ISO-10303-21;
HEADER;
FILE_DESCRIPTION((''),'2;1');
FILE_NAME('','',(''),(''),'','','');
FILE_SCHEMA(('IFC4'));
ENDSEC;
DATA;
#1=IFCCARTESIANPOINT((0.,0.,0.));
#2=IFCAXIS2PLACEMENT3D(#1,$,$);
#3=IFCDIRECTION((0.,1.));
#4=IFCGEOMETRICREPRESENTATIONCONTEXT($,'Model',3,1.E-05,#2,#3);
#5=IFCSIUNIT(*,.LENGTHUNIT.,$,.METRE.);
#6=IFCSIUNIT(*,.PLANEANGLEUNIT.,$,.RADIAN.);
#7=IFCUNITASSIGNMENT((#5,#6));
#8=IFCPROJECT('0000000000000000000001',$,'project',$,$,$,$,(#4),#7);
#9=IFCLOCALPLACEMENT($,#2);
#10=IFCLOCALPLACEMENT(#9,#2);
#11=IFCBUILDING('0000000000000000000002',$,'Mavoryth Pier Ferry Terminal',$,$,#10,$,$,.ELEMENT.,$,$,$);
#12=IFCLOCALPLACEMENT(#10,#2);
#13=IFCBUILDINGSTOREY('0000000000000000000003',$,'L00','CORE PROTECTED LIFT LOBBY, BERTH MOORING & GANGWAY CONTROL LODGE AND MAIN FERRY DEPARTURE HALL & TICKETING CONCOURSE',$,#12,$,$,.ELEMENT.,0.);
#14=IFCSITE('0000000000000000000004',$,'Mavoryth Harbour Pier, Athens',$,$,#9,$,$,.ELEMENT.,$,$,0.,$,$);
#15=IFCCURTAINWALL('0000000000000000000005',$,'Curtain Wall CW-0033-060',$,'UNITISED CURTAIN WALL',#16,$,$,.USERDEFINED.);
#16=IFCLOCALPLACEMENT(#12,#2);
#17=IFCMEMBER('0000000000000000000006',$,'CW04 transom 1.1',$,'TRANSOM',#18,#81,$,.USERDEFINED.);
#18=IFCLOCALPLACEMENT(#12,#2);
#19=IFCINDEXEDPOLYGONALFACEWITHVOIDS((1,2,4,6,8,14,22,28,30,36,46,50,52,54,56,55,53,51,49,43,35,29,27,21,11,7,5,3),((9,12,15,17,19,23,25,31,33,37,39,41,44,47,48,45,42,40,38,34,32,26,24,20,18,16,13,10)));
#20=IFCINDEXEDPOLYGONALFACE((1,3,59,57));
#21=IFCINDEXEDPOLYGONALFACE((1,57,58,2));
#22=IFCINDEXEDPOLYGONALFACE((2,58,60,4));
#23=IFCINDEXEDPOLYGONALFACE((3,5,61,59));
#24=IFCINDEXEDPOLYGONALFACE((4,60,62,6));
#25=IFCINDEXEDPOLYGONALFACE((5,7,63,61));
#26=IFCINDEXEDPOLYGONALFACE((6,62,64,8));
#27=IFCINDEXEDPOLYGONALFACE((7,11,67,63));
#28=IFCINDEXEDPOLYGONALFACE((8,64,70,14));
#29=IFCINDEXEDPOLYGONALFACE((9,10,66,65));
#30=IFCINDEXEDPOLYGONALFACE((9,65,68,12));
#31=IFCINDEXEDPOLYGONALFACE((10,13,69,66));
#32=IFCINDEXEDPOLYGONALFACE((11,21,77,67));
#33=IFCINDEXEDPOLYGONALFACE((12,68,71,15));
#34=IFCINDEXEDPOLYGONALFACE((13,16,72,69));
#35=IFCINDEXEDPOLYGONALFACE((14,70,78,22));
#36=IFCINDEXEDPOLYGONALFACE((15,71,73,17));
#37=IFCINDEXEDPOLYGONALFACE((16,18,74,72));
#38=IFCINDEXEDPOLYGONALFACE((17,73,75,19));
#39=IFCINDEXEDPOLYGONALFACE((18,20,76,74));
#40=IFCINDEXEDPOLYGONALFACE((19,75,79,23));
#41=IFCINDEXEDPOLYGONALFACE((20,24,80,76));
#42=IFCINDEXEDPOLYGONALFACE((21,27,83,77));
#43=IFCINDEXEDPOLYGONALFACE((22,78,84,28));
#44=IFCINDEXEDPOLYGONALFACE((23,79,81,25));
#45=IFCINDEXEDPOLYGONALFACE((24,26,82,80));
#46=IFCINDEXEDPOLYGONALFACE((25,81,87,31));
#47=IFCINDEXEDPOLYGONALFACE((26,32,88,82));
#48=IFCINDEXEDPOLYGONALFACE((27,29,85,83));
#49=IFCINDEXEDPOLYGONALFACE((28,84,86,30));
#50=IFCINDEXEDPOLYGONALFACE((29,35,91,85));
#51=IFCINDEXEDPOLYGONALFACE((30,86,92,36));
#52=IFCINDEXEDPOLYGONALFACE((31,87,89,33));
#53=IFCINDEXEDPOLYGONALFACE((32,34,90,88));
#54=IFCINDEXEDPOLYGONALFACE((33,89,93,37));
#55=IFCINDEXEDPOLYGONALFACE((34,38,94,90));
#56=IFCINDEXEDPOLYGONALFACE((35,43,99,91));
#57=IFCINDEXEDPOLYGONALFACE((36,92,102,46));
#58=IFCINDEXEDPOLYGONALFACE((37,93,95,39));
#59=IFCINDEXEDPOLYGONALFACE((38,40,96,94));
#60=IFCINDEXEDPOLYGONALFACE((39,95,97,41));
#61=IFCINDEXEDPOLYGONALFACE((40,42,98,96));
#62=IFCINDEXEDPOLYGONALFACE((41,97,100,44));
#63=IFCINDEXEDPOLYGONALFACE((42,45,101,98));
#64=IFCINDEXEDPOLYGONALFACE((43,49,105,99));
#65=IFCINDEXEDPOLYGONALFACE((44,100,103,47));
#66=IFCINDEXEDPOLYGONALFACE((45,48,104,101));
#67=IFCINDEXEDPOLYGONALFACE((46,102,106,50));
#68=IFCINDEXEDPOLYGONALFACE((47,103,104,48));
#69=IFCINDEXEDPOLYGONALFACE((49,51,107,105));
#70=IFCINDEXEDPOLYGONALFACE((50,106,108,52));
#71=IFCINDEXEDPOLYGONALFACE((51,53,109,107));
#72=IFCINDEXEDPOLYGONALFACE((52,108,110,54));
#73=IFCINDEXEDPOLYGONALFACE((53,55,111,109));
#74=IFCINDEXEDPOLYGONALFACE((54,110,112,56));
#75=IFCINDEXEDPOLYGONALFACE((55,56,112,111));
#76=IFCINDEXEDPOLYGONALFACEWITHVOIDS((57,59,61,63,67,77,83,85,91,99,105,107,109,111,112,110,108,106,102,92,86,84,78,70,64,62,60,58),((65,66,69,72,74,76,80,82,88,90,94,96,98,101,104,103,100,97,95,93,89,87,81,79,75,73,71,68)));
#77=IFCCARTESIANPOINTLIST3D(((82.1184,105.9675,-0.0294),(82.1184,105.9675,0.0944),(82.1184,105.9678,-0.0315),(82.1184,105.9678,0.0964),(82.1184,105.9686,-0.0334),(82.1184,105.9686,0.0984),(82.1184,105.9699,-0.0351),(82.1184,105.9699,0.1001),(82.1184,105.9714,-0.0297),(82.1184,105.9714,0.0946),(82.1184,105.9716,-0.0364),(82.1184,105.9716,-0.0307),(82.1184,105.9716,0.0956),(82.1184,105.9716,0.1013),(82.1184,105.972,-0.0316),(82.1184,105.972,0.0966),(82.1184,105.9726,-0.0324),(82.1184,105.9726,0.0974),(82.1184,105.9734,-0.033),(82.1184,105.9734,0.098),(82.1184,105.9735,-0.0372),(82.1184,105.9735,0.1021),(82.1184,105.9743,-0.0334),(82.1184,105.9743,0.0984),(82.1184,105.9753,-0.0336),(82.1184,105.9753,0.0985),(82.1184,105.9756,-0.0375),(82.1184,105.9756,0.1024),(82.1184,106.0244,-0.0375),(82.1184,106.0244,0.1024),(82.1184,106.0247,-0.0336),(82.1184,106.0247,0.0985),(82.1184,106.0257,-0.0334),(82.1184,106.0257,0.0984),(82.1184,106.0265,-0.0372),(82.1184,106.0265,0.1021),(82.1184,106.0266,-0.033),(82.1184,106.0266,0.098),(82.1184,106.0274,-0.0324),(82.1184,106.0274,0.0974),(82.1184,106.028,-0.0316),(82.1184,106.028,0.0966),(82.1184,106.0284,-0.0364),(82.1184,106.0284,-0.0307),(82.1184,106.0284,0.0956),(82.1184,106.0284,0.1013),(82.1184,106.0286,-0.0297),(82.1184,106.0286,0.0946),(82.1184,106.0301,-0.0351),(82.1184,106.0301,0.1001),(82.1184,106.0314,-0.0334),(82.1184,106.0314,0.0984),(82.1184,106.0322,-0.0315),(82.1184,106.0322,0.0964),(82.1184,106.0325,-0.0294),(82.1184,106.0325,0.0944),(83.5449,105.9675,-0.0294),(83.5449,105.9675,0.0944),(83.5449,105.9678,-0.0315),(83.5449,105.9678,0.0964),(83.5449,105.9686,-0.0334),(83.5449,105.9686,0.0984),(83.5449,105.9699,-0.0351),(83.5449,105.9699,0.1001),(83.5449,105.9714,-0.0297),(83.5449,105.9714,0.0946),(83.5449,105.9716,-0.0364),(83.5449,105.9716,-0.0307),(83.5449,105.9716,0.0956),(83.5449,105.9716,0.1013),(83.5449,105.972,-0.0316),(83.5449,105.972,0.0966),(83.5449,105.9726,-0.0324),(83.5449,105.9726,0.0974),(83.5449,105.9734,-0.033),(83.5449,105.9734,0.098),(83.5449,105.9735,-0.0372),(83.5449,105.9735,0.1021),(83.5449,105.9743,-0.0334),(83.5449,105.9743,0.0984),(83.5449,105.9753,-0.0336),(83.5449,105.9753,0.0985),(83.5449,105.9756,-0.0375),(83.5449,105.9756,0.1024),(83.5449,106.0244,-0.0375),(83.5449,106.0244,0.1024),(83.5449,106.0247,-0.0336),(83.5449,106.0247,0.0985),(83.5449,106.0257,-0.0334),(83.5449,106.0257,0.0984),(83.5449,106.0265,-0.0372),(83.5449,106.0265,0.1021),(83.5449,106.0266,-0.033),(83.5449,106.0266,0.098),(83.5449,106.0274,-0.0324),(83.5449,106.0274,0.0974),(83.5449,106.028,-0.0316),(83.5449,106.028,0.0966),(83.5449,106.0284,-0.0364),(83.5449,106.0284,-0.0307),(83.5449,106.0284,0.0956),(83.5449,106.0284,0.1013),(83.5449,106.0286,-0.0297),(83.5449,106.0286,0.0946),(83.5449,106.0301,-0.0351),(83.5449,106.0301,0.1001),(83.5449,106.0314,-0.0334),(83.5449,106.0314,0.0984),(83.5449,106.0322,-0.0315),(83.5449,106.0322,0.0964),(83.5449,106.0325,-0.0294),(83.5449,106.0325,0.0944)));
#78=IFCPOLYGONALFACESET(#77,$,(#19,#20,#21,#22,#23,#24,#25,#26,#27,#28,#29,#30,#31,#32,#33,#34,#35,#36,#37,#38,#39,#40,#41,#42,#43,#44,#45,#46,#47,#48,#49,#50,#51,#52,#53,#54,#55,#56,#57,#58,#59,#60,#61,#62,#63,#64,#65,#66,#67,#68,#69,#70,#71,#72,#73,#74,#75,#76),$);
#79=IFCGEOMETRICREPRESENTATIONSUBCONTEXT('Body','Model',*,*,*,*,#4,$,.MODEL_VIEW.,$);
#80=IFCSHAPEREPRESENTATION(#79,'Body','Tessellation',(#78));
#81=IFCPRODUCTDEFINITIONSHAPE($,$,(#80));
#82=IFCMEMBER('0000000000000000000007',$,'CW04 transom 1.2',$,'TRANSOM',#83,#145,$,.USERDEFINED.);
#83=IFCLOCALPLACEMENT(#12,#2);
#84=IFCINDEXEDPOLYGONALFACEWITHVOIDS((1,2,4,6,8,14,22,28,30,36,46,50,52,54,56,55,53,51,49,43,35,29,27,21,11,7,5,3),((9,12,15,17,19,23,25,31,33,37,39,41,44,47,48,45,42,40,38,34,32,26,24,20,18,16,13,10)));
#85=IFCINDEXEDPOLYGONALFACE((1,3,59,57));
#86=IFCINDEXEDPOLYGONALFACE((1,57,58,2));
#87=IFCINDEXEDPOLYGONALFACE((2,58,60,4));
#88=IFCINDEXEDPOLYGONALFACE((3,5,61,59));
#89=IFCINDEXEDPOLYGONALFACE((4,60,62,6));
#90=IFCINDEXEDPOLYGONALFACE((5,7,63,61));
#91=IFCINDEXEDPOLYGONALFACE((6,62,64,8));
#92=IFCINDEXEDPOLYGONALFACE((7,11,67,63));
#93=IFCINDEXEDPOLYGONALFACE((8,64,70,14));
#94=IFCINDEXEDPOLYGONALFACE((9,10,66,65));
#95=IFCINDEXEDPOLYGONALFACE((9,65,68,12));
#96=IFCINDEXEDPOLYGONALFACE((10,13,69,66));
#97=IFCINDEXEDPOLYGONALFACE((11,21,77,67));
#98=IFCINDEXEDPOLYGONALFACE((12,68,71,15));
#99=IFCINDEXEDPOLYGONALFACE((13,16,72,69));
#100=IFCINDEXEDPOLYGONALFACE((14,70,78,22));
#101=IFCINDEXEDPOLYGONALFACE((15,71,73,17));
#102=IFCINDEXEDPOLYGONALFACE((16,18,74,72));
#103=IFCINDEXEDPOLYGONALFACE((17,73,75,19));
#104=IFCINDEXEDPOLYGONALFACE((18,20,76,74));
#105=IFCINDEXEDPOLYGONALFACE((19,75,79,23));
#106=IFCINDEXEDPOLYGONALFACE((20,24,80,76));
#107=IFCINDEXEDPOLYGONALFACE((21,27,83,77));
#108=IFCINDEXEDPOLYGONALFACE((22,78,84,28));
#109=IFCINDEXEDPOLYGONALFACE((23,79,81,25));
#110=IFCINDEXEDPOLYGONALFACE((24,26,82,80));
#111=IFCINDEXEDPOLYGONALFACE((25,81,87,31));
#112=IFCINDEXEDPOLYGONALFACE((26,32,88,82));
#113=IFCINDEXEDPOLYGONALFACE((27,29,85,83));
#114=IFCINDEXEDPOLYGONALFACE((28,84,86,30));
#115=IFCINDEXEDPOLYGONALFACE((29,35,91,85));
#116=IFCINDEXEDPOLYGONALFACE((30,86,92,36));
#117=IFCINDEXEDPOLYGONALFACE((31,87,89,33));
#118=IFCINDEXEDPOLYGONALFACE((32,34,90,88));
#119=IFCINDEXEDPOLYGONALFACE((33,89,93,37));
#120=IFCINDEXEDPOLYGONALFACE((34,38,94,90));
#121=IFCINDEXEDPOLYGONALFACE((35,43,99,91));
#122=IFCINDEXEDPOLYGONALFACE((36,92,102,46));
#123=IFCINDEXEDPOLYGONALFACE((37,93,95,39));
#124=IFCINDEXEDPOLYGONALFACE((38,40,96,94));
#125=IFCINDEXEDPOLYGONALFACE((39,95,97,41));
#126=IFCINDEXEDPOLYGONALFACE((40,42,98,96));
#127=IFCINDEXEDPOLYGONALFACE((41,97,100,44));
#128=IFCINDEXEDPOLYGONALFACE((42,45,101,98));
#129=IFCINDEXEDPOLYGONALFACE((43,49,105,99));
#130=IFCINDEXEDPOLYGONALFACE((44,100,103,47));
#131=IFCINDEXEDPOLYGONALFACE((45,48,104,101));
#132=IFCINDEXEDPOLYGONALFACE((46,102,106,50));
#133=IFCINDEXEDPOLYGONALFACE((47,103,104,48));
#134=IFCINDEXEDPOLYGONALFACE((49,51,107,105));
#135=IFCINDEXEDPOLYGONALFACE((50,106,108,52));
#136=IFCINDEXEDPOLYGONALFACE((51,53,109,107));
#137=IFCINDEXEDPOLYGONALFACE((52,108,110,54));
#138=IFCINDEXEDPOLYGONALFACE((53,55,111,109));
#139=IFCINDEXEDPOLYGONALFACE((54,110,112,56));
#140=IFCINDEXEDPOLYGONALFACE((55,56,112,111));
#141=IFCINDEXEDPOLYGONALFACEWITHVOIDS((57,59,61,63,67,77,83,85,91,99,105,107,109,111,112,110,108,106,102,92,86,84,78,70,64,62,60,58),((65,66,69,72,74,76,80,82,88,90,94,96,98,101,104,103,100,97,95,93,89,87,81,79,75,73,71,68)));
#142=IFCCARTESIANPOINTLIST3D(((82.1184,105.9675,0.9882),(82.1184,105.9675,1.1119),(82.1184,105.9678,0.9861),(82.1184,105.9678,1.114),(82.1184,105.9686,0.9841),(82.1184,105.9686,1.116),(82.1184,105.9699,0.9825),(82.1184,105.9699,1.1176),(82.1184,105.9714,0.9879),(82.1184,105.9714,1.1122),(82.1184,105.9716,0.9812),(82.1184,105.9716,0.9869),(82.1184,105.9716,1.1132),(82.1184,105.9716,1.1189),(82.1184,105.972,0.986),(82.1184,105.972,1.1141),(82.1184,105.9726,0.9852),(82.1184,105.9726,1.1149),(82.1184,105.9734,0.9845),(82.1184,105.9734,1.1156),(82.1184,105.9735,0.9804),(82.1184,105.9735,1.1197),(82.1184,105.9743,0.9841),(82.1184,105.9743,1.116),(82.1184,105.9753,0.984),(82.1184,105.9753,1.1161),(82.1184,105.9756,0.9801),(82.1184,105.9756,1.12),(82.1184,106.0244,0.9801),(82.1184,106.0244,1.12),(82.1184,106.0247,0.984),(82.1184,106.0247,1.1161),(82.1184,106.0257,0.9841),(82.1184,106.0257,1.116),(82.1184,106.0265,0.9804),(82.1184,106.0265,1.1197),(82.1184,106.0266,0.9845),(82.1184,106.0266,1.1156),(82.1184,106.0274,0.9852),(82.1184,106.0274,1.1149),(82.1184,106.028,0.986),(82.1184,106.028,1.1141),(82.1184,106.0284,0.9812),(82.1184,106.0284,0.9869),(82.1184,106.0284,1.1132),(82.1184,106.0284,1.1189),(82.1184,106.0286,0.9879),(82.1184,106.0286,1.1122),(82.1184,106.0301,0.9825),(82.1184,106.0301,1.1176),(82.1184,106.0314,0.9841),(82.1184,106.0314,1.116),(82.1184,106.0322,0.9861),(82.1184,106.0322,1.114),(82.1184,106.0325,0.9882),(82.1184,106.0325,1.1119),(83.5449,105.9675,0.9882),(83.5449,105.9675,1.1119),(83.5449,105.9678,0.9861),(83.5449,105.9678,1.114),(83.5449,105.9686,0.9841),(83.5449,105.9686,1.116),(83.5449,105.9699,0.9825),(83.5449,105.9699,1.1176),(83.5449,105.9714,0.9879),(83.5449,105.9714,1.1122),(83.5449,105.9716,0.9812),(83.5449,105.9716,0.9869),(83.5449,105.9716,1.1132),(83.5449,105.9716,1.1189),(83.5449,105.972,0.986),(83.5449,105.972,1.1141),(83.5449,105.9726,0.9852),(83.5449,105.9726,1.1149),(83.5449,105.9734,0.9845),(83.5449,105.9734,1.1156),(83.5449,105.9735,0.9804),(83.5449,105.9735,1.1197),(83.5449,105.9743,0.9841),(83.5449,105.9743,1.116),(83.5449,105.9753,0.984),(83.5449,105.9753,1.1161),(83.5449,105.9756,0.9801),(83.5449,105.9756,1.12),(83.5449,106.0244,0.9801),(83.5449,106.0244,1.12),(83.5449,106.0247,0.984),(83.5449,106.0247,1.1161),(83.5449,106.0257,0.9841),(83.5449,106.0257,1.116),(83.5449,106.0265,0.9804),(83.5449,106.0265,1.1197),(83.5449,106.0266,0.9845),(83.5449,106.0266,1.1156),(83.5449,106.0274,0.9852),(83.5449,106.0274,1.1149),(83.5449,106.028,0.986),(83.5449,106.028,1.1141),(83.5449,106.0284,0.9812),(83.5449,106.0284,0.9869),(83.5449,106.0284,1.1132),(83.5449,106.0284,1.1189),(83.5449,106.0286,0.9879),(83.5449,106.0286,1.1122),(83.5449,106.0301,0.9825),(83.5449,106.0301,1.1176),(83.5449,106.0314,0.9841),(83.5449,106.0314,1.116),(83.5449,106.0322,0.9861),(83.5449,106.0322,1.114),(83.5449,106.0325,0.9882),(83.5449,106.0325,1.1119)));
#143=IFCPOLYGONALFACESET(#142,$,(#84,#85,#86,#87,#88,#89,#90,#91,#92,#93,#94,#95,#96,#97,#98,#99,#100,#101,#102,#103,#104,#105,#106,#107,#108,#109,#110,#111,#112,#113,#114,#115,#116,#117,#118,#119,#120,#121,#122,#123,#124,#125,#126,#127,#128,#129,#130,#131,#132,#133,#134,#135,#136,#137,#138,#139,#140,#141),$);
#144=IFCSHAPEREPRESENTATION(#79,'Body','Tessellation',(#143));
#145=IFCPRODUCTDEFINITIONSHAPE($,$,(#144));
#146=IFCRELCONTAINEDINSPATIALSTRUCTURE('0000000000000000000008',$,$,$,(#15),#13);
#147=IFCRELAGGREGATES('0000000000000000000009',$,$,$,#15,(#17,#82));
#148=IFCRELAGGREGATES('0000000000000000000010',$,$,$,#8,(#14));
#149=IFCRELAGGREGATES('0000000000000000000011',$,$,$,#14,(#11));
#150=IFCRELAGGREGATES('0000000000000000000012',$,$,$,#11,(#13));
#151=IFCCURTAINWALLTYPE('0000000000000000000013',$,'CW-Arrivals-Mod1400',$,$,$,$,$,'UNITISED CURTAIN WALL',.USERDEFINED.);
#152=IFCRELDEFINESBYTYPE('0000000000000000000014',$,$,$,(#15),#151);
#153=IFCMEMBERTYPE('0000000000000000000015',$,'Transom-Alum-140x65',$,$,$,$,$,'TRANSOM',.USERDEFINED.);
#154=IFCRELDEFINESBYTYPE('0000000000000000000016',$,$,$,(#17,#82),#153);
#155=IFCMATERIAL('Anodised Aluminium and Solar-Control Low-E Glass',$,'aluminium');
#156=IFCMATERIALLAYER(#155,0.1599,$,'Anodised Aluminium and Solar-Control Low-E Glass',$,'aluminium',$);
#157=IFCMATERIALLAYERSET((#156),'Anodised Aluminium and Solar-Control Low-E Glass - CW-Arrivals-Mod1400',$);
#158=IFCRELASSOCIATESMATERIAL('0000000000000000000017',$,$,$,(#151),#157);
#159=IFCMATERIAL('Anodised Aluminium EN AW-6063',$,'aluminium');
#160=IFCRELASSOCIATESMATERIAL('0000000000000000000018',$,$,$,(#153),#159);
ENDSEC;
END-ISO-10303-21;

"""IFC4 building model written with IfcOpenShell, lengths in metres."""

from ifc_helpers import new_model, si_unit, direction, frame, origin, origin_2d, place, context, subcontext, project, spatial, hollow_rectangle, extrude, material, layer, layer_set, material_profile, profile_set, type_object, element, aggregate, save


model = new_model("IFC4")

# Units and contexts
model_context = context("Model", 3, precision=1e-05, world=origin(), true_north=direction((0.0, 1.0)))
body_context = subcontext(model_context, "Body", "Model", "MODEL_VIEW")
ifc_project = project(units=[si_unit("LENGTHUNIT", "METRE"), si_unit("PLANEANGLEUNIT", "RADIAN")], contexts=[model_context])

# Site, building, storey
site_placement = place(None, origin())
site = spatial("IfcSite", under=ifc_project, at=site_placement, Name="Mavoryth Harbour Pier, Athens", CompositionType="ELEMENT", RefElevation=0.0)
building_placement = place(site_placement, origin())
building = spatial("IfcBuilding", under=site, at=building_placement, Name="Mavoryth Pier Ferry Terminal", CompositionType="ELEMENT")
storey_placement = place(building_placement, origin())
storey = spatial("IfcBuildingStorey", under=building, at=storey_placement, Name="L00", Description="CORE PROTECTED LIFT LOBBY, BERTH MOORING & GANGWAY CONTROL LODGE AND MAIN FERRY DEPARTURE HALL & TICKETING CONCOURSE", CompositionType="ELEMENT", Elevation=0.0)

# Curtain wall
ifc_material_1 = material(Name="Anodised Aluminium and Solar-Control Low-E Glass", Category="aluminium")
ifc_layer_1 = layer(ifc_material_1, 0.1599, Name="Anodised Aluminium and Solar-Control Low-E Glass", Category="aluminium")
ifc_layer_set_1 = layer_set([ifc_layer_1], Name="Anodised Aluminium and Solar-Control Low-E Glass - CW-Arrivals-Mod1400")
curtain_wall_type = type_object("IfcCurtainWallType", Name="CW-Arrivals-Mod1400", ElementType="UNITISED CURTAIN WALL", PredefinedType="USERDEFINED", material=ifc_layer_set_1)
curtain_wall_1_placement = place(storey_placement, origin())
curtain_wall_1 = element("IfcCurtainWall", 1, at=curtain_wall_1_placement, inside=storey, type_object=curtain_wall_type, Name="Curtain Wall CW-0033-060", ObjectType="UNITISED CURTAIN WALL", PredefinedType="USERDEFINED")
ifc_material_2 = material(Name="Anodised Aluminium EN AW-6063", Category="aluminium")

# Members
ifc_material_profile_1 = material_profile(ifc_material_2, hollow_rectangle(XDim=0.0649, YDim=0.1399, WallThickness=0.0039, InnerFilletRadius=0.0039, OuterFilletRadius=0.0081, at=origin_2d()), Name="AL-TRAN 140x65x4", Category="aluminium")
ifc_profile_set_1 = profile_set([ifc_material_profile_1], Name="Anodised Aluminium EN AW-6063 - AL-TRAN 140x65x4")
member_type_1 = type_object("IfcMemberType", Name="Transom-Alum-140x65", ElementType="TRANSOM", PredefinedType="USERDEFINED", material=ifc_profile_set_1)
member_1_placement = place(storey_placement, frame((83.5449, 106.0, 0.0325), z_axis=(-1.0, 0.0, 0.0), x_axis=(0.0, -1.0, 0.0)))
member_1 = element("IfcMember", 2, at=member_1_placement, type_object=member_type_1, Name="CW04 transom 1.1", ObjectType="TRANSOM", PredefinedType="USERDEFINED", context=body_context, shape_type="SweptSolid", body=[
    extrude(hollow_rectangle(XDim=0.0649, YDim=0.1399, WallThickness=0.0039, InnerFilletRadius=0.0039, OuterFilletRadius=0.0081, at=origin_2d()), origin(), (0.0, 0.0, 1.0), 1.4265),
])
member_2_placement = place(storey_placement, frame((83.5449, 106.0, 1.05), z_axis=(-1.0, 0.0, 0.0), x_axis=(0.0, -1.0, 0.0)))
member_2 = element("IfcMember", 3, at=member_2_placement, type_object=member_type_1, Name="CW04 transom 1.2", ObjectType="TRANSOM", PredefinedType="USERDEFINED", context=body_context, shape_type="SweptSolid", body=[
    extrude(hollow_rectangle(XDim=0.0649, YDim=0.1399, WallThickness=0.0039, InnerFilletRadius=0.0039, OuterFilletRadius=0.0081, at=origin_2d()), origin(), (0.0, 0.0, 1.0), 1.4265),
])

aggregate(curtain_wall_1, [member_1, member_2])

save(model, "model.ifc")
